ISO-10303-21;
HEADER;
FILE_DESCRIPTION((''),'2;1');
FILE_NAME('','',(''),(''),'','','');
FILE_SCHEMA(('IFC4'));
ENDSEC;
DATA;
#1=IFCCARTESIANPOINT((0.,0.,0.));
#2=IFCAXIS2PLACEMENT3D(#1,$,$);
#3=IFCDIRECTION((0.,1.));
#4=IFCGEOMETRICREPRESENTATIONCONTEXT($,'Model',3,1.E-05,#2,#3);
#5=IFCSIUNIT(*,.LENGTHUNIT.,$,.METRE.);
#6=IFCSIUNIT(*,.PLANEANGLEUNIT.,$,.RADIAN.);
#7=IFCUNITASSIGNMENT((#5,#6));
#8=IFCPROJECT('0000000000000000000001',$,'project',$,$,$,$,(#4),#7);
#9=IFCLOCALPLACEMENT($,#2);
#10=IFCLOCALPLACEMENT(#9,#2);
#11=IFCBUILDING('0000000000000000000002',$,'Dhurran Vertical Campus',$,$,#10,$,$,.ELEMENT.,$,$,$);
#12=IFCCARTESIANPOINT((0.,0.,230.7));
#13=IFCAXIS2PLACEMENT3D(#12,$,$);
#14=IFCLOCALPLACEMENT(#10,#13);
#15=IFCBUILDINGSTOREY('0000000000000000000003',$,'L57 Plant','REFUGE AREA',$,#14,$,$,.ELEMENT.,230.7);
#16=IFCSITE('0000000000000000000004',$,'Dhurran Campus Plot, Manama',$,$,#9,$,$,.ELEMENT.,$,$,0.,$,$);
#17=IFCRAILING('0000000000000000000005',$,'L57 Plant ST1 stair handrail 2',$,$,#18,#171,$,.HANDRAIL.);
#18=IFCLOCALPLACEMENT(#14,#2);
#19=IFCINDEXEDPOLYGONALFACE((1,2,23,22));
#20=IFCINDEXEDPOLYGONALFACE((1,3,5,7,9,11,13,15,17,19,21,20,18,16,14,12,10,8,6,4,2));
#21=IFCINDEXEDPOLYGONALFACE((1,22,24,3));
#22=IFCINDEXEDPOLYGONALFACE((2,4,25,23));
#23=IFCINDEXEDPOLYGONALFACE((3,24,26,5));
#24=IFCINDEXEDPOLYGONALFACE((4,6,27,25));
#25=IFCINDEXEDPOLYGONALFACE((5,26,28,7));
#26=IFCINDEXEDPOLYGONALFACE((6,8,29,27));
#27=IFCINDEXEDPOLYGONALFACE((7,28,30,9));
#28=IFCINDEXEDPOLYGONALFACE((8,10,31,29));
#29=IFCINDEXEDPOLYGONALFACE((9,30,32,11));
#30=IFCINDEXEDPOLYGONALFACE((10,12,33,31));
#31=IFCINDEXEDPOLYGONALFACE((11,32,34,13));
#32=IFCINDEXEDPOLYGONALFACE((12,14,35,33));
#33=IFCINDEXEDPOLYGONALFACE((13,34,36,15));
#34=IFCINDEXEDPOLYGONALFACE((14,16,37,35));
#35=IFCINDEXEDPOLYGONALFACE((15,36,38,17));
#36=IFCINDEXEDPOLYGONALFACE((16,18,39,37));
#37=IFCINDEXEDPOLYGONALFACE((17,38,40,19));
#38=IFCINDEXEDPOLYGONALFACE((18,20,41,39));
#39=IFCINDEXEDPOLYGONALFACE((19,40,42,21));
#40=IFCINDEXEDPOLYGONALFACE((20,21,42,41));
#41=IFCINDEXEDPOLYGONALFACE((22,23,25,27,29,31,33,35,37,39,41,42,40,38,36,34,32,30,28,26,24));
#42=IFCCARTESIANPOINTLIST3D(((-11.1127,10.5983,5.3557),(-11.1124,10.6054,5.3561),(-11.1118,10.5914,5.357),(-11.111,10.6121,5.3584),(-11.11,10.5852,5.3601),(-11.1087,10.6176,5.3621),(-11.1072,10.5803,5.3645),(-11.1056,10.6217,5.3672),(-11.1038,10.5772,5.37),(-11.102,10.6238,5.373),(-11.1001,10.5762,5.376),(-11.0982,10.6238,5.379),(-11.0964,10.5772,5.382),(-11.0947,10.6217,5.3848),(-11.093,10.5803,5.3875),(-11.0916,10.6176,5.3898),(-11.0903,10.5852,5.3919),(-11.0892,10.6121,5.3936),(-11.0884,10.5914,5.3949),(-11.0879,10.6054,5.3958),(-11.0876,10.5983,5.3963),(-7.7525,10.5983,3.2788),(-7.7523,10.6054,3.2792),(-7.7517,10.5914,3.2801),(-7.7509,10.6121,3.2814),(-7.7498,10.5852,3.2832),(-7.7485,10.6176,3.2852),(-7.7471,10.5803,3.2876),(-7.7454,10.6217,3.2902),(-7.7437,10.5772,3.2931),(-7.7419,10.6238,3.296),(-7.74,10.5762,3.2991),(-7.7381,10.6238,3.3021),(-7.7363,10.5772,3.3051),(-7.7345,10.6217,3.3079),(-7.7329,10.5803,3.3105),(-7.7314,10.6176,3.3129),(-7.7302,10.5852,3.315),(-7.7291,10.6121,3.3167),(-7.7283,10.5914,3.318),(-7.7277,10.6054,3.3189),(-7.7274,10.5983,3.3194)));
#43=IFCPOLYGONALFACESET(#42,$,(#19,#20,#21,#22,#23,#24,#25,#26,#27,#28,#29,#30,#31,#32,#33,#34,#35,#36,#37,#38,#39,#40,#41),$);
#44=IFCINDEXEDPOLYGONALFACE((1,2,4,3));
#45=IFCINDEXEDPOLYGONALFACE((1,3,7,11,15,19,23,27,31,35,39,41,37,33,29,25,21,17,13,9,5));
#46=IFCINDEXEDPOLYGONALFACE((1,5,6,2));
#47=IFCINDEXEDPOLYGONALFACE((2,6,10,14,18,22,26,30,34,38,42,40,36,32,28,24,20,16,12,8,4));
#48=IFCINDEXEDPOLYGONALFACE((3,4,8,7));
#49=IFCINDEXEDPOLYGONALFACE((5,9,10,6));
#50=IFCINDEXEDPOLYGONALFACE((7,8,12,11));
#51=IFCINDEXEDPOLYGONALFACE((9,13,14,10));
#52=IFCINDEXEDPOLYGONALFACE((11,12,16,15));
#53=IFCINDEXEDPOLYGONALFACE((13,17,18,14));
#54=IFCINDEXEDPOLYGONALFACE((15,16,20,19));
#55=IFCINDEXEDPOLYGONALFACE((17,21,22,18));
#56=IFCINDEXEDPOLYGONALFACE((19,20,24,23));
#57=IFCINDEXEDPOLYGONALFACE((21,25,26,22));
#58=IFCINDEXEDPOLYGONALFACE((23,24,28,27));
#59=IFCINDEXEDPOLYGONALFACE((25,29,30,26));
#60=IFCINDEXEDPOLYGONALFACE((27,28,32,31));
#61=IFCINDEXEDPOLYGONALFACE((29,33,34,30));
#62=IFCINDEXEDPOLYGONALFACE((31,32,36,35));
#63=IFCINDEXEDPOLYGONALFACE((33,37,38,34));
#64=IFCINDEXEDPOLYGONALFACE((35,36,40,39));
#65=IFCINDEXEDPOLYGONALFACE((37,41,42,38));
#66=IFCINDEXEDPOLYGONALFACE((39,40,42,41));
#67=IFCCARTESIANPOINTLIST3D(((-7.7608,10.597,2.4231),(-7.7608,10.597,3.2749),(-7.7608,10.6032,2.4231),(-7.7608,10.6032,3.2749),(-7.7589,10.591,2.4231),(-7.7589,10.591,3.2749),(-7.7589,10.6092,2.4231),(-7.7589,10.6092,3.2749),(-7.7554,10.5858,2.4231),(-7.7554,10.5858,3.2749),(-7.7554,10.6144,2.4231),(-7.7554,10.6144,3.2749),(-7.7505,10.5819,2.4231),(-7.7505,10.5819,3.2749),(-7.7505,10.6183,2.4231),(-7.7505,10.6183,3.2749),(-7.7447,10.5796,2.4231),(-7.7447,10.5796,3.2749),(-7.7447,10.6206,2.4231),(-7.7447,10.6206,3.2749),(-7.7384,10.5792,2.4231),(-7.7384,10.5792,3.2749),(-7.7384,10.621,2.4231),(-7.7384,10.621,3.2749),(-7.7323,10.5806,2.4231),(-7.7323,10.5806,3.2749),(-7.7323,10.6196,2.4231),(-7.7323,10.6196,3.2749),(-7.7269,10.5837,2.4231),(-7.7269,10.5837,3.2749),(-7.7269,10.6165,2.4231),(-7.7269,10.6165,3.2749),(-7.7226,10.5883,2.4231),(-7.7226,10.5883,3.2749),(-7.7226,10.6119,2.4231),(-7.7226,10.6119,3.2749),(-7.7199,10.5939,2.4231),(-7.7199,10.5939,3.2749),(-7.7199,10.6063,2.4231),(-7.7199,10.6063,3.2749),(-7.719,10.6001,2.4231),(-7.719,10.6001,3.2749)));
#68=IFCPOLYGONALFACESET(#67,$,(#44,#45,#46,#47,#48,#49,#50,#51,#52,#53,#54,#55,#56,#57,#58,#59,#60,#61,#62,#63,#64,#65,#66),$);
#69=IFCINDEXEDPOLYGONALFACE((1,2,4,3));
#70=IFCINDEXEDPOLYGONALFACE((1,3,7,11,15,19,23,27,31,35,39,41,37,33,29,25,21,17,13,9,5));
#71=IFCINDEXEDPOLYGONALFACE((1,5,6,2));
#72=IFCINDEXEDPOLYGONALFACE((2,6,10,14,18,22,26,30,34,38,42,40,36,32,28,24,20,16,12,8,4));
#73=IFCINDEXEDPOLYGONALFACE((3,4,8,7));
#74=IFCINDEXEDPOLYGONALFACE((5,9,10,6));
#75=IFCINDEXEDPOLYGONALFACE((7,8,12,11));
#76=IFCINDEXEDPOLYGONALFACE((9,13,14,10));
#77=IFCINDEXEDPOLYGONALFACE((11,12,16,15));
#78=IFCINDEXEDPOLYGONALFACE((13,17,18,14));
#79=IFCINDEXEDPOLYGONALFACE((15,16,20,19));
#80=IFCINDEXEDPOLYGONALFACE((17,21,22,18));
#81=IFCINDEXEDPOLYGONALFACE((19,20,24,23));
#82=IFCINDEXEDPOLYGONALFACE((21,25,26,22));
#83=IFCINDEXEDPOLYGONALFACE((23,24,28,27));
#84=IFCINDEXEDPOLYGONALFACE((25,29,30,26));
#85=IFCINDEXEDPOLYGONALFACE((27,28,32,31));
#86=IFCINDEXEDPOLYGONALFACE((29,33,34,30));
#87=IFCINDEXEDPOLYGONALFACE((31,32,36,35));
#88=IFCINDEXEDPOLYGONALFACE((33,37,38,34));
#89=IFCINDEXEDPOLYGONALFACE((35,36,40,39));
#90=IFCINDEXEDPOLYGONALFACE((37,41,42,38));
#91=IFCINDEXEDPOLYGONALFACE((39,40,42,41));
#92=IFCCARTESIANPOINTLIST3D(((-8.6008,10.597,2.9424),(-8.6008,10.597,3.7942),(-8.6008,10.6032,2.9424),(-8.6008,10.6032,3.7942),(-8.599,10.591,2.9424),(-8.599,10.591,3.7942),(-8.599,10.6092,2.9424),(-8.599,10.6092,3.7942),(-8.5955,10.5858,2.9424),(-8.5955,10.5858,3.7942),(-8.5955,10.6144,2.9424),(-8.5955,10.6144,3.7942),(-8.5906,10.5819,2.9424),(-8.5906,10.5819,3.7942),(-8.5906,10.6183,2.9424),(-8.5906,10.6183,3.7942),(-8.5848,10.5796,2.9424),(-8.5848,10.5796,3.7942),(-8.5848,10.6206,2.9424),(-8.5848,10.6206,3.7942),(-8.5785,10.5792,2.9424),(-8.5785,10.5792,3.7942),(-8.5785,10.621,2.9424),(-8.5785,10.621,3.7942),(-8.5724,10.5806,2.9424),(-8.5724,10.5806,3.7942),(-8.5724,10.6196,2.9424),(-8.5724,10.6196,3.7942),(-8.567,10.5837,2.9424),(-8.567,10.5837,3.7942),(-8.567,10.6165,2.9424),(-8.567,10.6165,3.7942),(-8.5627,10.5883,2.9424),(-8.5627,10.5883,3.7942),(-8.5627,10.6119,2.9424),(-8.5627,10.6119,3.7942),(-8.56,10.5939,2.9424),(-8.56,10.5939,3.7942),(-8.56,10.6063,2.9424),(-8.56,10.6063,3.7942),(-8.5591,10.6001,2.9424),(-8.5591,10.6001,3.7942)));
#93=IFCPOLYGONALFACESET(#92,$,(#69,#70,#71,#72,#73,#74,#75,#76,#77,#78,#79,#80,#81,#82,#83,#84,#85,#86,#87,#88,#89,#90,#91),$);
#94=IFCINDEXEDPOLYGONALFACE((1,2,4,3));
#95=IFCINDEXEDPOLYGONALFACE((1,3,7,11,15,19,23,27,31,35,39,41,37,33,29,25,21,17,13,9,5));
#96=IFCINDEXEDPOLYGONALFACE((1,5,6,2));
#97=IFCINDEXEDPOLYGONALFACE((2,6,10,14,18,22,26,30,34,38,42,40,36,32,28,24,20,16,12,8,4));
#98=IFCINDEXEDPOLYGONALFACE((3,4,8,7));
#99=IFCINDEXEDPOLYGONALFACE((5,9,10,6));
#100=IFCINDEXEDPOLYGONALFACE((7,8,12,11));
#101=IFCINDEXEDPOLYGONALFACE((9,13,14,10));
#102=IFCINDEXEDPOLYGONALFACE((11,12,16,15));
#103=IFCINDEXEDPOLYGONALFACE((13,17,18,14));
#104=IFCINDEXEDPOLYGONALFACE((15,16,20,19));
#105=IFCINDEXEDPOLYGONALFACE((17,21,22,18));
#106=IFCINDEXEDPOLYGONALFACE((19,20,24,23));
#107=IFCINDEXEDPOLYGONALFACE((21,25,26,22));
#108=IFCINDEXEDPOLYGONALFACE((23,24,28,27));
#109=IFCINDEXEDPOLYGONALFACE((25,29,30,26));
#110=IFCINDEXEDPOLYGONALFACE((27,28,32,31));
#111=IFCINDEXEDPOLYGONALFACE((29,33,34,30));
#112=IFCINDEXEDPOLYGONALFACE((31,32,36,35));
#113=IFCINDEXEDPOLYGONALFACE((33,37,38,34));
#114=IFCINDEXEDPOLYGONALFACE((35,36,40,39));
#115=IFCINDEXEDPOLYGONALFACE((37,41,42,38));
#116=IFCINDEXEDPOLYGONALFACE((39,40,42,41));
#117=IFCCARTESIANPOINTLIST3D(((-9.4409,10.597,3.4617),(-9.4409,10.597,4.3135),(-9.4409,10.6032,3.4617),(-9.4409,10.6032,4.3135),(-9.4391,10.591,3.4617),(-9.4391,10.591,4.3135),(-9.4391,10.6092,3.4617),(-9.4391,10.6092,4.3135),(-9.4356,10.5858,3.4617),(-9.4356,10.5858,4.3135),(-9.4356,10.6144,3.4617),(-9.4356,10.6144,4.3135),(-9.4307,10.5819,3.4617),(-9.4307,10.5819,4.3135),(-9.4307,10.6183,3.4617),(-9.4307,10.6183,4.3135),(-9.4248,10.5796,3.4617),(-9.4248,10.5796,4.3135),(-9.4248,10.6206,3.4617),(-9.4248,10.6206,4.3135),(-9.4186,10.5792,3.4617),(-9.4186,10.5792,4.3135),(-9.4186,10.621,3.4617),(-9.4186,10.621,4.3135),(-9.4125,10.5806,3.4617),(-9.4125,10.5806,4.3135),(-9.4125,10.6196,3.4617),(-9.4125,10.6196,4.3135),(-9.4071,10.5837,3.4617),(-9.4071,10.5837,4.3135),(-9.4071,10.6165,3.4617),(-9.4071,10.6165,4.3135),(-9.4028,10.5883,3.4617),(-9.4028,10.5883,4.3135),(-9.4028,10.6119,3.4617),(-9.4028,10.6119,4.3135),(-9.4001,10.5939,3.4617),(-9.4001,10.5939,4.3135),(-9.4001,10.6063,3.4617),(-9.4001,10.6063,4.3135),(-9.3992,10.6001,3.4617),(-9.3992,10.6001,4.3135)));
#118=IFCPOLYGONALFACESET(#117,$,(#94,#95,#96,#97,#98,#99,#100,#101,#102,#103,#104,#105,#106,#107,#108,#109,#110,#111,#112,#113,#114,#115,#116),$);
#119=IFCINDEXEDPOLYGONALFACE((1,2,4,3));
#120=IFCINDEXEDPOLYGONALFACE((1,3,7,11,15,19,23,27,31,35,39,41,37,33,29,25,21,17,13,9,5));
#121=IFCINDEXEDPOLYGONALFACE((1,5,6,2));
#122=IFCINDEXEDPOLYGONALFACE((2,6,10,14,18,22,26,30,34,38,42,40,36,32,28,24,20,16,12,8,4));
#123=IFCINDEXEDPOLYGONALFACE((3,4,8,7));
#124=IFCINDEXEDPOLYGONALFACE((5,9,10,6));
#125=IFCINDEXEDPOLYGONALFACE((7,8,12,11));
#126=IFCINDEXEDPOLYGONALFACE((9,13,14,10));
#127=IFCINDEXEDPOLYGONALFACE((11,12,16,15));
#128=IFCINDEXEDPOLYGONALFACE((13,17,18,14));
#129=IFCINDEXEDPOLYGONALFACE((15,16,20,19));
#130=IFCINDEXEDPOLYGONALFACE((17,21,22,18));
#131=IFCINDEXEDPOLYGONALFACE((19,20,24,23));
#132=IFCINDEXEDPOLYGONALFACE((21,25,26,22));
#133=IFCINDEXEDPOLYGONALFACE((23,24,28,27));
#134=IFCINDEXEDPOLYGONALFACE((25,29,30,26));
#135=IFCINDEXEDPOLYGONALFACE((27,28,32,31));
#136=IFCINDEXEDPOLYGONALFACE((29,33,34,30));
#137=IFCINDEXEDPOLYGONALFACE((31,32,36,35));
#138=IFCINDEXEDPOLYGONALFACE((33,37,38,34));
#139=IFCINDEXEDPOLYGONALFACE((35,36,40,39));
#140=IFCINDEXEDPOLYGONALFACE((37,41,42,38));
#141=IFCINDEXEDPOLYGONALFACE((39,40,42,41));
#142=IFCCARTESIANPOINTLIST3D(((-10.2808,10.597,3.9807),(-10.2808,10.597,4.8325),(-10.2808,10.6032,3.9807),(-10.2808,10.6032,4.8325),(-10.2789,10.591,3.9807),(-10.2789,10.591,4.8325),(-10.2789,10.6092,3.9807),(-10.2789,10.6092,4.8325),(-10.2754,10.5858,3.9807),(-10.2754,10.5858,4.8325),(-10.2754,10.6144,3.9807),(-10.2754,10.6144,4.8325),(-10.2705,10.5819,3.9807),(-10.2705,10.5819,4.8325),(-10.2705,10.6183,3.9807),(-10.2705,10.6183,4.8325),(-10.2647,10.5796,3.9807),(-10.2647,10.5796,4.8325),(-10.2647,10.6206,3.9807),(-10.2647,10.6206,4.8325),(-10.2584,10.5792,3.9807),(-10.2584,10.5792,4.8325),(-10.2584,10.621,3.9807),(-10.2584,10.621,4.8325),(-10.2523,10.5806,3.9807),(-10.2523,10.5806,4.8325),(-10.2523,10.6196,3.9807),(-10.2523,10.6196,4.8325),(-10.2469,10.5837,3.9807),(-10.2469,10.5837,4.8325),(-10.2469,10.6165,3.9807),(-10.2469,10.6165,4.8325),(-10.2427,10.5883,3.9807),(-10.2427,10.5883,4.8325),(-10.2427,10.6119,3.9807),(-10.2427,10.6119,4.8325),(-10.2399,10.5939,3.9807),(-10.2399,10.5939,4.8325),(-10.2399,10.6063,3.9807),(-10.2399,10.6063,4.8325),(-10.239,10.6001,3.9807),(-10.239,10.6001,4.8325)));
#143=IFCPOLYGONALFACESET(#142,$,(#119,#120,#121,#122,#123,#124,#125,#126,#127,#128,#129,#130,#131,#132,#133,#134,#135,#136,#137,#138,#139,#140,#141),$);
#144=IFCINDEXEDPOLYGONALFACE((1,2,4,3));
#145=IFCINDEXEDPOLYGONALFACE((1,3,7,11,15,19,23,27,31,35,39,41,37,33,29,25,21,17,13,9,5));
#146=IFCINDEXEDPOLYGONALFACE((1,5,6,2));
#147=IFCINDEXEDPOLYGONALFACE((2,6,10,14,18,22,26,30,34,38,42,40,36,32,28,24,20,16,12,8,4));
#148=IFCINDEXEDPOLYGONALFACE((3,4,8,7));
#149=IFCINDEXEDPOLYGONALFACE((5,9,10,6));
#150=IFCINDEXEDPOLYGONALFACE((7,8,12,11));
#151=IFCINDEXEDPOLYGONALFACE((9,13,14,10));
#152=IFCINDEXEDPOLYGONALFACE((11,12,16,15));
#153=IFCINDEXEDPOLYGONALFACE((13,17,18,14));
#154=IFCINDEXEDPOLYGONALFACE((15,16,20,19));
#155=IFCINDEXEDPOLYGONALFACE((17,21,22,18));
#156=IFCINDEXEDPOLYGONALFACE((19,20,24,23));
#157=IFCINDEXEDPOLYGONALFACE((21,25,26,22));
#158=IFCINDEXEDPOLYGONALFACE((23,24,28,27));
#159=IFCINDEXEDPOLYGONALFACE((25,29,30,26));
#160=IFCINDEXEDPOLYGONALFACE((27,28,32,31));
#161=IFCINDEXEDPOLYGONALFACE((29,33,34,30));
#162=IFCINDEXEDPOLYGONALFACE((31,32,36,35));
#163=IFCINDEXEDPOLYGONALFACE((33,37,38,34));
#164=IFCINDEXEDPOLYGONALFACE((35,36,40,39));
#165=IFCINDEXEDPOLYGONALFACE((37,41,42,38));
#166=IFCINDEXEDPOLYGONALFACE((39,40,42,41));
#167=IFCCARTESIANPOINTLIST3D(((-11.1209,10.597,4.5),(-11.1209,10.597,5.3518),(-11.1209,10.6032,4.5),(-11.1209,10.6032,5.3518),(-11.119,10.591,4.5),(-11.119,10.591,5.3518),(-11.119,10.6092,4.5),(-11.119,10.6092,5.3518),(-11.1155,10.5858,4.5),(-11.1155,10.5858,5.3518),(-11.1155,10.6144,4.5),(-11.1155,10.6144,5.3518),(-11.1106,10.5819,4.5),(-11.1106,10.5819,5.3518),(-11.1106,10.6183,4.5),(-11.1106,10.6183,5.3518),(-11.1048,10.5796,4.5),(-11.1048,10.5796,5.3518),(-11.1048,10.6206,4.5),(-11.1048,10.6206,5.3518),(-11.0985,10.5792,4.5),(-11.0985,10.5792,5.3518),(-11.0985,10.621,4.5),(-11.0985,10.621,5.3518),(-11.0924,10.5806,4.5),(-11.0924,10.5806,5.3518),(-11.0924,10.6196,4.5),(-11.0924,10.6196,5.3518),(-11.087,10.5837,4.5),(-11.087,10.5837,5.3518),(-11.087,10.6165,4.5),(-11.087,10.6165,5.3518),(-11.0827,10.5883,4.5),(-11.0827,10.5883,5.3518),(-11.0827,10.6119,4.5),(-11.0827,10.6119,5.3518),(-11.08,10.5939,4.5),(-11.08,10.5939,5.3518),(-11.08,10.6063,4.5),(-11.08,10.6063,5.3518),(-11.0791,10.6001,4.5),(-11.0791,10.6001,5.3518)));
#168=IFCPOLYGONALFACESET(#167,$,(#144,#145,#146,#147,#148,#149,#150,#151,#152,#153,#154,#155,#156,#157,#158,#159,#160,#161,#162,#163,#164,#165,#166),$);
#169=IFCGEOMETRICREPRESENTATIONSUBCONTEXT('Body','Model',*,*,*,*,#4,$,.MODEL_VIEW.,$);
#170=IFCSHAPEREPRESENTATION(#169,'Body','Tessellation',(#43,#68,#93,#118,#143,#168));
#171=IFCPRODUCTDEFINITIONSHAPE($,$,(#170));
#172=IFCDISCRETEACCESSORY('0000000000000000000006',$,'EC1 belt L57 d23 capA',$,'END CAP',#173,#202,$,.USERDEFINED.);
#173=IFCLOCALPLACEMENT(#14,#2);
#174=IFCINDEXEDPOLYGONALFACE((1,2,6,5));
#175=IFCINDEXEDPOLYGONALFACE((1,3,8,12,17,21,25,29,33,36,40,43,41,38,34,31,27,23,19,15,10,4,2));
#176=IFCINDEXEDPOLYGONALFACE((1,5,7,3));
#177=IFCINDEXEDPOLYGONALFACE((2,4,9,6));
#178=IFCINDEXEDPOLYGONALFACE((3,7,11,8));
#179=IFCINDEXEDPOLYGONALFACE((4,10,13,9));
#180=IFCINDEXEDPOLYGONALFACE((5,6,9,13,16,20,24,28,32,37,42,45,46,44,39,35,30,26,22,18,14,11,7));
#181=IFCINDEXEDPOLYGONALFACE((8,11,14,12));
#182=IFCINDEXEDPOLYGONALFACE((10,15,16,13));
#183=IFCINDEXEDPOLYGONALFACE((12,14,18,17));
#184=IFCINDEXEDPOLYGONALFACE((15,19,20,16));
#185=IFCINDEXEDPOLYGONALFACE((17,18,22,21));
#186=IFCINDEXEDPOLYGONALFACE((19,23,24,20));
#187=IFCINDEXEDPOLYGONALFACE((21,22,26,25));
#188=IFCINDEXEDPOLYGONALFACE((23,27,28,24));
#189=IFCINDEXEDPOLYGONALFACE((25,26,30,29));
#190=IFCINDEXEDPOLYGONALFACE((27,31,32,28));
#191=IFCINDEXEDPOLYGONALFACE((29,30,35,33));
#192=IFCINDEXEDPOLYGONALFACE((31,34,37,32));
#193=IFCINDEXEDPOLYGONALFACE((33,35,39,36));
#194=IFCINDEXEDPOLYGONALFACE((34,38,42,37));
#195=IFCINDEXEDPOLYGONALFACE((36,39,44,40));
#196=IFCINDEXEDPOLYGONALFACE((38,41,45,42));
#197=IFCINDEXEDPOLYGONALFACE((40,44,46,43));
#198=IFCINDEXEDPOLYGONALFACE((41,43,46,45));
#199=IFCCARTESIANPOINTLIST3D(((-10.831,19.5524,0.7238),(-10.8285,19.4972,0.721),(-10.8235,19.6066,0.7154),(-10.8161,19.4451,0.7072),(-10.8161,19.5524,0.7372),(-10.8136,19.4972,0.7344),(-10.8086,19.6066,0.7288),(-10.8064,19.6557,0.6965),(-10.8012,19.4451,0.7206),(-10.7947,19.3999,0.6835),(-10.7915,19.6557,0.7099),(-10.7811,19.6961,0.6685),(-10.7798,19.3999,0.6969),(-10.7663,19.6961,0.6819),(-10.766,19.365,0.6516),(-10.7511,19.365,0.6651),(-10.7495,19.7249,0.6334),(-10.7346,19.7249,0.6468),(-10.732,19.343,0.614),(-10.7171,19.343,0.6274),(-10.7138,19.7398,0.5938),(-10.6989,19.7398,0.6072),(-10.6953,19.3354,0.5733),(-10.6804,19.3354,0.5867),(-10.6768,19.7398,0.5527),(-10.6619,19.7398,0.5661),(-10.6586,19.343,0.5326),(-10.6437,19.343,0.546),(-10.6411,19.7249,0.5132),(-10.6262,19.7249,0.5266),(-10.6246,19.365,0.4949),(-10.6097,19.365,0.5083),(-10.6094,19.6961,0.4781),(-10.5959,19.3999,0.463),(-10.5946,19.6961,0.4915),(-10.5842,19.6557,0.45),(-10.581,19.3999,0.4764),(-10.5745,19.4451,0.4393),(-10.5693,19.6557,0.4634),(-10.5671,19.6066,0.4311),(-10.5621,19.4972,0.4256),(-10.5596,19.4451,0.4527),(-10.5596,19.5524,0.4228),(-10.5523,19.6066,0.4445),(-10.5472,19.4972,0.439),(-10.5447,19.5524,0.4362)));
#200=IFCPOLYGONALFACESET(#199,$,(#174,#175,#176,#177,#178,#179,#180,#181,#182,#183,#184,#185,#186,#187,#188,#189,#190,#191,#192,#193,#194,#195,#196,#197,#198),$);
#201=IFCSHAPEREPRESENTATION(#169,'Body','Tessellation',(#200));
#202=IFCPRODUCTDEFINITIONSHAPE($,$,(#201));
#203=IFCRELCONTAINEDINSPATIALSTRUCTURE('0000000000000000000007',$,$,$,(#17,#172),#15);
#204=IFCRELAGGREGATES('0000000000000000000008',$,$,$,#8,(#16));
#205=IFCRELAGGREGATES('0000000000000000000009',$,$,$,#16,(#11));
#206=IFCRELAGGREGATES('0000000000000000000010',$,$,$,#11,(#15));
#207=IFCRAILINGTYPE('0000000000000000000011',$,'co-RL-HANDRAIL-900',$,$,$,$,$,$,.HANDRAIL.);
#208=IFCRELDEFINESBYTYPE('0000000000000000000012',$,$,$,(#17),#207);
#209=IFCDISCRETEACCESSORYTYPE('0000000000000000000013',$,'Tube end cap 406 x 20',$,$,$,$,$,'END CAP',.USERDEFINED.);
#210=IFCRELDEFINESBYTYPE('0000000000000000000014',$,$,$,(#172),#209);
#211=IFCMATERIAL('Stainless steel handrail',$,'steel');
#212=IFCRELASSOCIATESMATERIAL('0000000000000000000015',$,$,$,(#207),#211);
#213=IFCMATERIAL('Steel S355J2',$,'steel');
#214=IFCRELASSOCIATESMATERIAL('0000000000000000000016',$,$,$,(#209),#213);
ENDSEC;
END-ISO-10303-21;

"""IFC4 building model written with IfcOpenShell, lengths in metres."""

from ifc_helpers import new_model, si_unit, direction, frame, origin, origin_2d, place, context, subcontext, project, spatial, circle, extrude, material, material_profile, profile_set, type_object, element, save


model = new_model("IFC4")

# Units and contexts
model_context = context("Model", 3, precision=1e-05, world=origin(), true_north=direction((0.0, 1.0)))
body_context = subcontext(model_context, "Body", "Model", "MODEL_VIEW")
ifc_project = project(units=[si_unit("LENGTHUNIT", "METRE"), si_unit("PLANEANGLEUNIT", "RADIAN")], contexts=[model_context])

# Site, building, storey
site_placement = place(None, origin())
site = spatial("IfcSite", under=ifc_project, at=site_placement, Name="Dhurran Campus Plot, Manama", CompositionType="ELEMENT", RefElevation=0.0)
building_placement = place(site_placement, origin())
building = spatial("IfcBuilding", under=site, at=building_placement, Name="Dhurran Vertical Campus", CompositionType="ELEMENT")
storey_placement = place(building_placement, frame((0.0, 0.0, 230.7)))
storey = spatial("IfcBuildingStorey", under=building, at=storey_placement, Name="L57 Plant", Description="REFUGE AREA", CompositionType="ELEMENT", Elevation=230.7)

# Railing
ifc_material_1 = material(Name="Stainless steel handrail", Category="steel")
railing_type_1 = type_object("IfcRailingType", Name="co-RL-HANDRAIL-900", PredefinedType="HANDRAIL", material=ifc_material_1)
railing_1_placement = place(storey_placement, frame((-7.74, 10.6001, 2.4231)))
element("IfcRailing", 1, at=railing_1_placement, inside=storey, type_object=railing_type_1, Name="L57 Plant ST1 stair handrail 2", PredefinedType="HANDRAIL", context=body_context, shape_type="SweptSolid", body=[
    extrude(circle(Radius=0.0239, at=origin_2d()), frame((0.0, 0.0, 0.876), z_axis=(-0.850623, 0.0, 0.525776), x_axis=(0.0, -1.0, 0.0)), (0.0, 0.0, 1.0), 3.9502),
    extrude(circle(Radius=0.021, at=origin_2d()), origin(), (0.0, 0.0, 1.0), 0.8518),
    extrude(circle(Radius=0.021, at=origin_2d()), frame((-0.8401, 0.0, 0.5193)), (0.0, 0.0, 1.0), 0.8518),
    extrude(circle(Radius=0.021, at=origin_2d()), frame((-1.6802, 0.0, 1.0386)), (0.0, 0.0, 1.0), 0.8518),
    extrude(circle(Radius=0.021, at=origin_2d()), frame((-2.52, 0.0, 1.5576)), (0.0, 0.0, 1.0), 0.8518),
    extrude(circle(Radius=0.021, at=origin_2d()), frame((-3.3601, 0.0, 2.0769)), (0.0, 0.0, 1.0), 0.8518),
])

# Discrete accessory
ifc_material_2 = material(Name="Steel S355J2", Category="steel")
ifc_material_profile_1 = material_profile(ifc_material_2, circle(Radius=0.2031, at=origin_2d()), Name="Tube end cap 406 x 20")
ifc_profile_set_1 = profile_set([ifc_material_profile_1], Name="Steel S355J2")
discrete_accessory_type = type_object("IfcDiscreteAccessoryType", Name="Tube end cap 406 x 20", ElementType="END CAP", PredefinedType="USERDEFINED", material=ifc_profile_set_1)
discrete_accessory_1_placement = place(storey_placement, frame((-10.6804, 19.5386, 0.5867), z_axis=(-0.742688, 0.0, -0.669637), x_axis=(0.0, -1.0, 0.0)))
element("IfcDiscreteAccessory", 2, at=discrete_accessory_1_placement, inside=storey, type_object=discrete_accessory_type, Name="EC1 belt L57 d23 capA", ObjectType="END CAP", PredefinedType="USERDEFINED", context=body_context, shape_type="SweptSolid", body=[
    extrude(circle(Radius=0.2031, at=origin_2d()), origin(), (0.0, 0.0, 1.0), 0.02),
])

save(model, "model.ifc")
